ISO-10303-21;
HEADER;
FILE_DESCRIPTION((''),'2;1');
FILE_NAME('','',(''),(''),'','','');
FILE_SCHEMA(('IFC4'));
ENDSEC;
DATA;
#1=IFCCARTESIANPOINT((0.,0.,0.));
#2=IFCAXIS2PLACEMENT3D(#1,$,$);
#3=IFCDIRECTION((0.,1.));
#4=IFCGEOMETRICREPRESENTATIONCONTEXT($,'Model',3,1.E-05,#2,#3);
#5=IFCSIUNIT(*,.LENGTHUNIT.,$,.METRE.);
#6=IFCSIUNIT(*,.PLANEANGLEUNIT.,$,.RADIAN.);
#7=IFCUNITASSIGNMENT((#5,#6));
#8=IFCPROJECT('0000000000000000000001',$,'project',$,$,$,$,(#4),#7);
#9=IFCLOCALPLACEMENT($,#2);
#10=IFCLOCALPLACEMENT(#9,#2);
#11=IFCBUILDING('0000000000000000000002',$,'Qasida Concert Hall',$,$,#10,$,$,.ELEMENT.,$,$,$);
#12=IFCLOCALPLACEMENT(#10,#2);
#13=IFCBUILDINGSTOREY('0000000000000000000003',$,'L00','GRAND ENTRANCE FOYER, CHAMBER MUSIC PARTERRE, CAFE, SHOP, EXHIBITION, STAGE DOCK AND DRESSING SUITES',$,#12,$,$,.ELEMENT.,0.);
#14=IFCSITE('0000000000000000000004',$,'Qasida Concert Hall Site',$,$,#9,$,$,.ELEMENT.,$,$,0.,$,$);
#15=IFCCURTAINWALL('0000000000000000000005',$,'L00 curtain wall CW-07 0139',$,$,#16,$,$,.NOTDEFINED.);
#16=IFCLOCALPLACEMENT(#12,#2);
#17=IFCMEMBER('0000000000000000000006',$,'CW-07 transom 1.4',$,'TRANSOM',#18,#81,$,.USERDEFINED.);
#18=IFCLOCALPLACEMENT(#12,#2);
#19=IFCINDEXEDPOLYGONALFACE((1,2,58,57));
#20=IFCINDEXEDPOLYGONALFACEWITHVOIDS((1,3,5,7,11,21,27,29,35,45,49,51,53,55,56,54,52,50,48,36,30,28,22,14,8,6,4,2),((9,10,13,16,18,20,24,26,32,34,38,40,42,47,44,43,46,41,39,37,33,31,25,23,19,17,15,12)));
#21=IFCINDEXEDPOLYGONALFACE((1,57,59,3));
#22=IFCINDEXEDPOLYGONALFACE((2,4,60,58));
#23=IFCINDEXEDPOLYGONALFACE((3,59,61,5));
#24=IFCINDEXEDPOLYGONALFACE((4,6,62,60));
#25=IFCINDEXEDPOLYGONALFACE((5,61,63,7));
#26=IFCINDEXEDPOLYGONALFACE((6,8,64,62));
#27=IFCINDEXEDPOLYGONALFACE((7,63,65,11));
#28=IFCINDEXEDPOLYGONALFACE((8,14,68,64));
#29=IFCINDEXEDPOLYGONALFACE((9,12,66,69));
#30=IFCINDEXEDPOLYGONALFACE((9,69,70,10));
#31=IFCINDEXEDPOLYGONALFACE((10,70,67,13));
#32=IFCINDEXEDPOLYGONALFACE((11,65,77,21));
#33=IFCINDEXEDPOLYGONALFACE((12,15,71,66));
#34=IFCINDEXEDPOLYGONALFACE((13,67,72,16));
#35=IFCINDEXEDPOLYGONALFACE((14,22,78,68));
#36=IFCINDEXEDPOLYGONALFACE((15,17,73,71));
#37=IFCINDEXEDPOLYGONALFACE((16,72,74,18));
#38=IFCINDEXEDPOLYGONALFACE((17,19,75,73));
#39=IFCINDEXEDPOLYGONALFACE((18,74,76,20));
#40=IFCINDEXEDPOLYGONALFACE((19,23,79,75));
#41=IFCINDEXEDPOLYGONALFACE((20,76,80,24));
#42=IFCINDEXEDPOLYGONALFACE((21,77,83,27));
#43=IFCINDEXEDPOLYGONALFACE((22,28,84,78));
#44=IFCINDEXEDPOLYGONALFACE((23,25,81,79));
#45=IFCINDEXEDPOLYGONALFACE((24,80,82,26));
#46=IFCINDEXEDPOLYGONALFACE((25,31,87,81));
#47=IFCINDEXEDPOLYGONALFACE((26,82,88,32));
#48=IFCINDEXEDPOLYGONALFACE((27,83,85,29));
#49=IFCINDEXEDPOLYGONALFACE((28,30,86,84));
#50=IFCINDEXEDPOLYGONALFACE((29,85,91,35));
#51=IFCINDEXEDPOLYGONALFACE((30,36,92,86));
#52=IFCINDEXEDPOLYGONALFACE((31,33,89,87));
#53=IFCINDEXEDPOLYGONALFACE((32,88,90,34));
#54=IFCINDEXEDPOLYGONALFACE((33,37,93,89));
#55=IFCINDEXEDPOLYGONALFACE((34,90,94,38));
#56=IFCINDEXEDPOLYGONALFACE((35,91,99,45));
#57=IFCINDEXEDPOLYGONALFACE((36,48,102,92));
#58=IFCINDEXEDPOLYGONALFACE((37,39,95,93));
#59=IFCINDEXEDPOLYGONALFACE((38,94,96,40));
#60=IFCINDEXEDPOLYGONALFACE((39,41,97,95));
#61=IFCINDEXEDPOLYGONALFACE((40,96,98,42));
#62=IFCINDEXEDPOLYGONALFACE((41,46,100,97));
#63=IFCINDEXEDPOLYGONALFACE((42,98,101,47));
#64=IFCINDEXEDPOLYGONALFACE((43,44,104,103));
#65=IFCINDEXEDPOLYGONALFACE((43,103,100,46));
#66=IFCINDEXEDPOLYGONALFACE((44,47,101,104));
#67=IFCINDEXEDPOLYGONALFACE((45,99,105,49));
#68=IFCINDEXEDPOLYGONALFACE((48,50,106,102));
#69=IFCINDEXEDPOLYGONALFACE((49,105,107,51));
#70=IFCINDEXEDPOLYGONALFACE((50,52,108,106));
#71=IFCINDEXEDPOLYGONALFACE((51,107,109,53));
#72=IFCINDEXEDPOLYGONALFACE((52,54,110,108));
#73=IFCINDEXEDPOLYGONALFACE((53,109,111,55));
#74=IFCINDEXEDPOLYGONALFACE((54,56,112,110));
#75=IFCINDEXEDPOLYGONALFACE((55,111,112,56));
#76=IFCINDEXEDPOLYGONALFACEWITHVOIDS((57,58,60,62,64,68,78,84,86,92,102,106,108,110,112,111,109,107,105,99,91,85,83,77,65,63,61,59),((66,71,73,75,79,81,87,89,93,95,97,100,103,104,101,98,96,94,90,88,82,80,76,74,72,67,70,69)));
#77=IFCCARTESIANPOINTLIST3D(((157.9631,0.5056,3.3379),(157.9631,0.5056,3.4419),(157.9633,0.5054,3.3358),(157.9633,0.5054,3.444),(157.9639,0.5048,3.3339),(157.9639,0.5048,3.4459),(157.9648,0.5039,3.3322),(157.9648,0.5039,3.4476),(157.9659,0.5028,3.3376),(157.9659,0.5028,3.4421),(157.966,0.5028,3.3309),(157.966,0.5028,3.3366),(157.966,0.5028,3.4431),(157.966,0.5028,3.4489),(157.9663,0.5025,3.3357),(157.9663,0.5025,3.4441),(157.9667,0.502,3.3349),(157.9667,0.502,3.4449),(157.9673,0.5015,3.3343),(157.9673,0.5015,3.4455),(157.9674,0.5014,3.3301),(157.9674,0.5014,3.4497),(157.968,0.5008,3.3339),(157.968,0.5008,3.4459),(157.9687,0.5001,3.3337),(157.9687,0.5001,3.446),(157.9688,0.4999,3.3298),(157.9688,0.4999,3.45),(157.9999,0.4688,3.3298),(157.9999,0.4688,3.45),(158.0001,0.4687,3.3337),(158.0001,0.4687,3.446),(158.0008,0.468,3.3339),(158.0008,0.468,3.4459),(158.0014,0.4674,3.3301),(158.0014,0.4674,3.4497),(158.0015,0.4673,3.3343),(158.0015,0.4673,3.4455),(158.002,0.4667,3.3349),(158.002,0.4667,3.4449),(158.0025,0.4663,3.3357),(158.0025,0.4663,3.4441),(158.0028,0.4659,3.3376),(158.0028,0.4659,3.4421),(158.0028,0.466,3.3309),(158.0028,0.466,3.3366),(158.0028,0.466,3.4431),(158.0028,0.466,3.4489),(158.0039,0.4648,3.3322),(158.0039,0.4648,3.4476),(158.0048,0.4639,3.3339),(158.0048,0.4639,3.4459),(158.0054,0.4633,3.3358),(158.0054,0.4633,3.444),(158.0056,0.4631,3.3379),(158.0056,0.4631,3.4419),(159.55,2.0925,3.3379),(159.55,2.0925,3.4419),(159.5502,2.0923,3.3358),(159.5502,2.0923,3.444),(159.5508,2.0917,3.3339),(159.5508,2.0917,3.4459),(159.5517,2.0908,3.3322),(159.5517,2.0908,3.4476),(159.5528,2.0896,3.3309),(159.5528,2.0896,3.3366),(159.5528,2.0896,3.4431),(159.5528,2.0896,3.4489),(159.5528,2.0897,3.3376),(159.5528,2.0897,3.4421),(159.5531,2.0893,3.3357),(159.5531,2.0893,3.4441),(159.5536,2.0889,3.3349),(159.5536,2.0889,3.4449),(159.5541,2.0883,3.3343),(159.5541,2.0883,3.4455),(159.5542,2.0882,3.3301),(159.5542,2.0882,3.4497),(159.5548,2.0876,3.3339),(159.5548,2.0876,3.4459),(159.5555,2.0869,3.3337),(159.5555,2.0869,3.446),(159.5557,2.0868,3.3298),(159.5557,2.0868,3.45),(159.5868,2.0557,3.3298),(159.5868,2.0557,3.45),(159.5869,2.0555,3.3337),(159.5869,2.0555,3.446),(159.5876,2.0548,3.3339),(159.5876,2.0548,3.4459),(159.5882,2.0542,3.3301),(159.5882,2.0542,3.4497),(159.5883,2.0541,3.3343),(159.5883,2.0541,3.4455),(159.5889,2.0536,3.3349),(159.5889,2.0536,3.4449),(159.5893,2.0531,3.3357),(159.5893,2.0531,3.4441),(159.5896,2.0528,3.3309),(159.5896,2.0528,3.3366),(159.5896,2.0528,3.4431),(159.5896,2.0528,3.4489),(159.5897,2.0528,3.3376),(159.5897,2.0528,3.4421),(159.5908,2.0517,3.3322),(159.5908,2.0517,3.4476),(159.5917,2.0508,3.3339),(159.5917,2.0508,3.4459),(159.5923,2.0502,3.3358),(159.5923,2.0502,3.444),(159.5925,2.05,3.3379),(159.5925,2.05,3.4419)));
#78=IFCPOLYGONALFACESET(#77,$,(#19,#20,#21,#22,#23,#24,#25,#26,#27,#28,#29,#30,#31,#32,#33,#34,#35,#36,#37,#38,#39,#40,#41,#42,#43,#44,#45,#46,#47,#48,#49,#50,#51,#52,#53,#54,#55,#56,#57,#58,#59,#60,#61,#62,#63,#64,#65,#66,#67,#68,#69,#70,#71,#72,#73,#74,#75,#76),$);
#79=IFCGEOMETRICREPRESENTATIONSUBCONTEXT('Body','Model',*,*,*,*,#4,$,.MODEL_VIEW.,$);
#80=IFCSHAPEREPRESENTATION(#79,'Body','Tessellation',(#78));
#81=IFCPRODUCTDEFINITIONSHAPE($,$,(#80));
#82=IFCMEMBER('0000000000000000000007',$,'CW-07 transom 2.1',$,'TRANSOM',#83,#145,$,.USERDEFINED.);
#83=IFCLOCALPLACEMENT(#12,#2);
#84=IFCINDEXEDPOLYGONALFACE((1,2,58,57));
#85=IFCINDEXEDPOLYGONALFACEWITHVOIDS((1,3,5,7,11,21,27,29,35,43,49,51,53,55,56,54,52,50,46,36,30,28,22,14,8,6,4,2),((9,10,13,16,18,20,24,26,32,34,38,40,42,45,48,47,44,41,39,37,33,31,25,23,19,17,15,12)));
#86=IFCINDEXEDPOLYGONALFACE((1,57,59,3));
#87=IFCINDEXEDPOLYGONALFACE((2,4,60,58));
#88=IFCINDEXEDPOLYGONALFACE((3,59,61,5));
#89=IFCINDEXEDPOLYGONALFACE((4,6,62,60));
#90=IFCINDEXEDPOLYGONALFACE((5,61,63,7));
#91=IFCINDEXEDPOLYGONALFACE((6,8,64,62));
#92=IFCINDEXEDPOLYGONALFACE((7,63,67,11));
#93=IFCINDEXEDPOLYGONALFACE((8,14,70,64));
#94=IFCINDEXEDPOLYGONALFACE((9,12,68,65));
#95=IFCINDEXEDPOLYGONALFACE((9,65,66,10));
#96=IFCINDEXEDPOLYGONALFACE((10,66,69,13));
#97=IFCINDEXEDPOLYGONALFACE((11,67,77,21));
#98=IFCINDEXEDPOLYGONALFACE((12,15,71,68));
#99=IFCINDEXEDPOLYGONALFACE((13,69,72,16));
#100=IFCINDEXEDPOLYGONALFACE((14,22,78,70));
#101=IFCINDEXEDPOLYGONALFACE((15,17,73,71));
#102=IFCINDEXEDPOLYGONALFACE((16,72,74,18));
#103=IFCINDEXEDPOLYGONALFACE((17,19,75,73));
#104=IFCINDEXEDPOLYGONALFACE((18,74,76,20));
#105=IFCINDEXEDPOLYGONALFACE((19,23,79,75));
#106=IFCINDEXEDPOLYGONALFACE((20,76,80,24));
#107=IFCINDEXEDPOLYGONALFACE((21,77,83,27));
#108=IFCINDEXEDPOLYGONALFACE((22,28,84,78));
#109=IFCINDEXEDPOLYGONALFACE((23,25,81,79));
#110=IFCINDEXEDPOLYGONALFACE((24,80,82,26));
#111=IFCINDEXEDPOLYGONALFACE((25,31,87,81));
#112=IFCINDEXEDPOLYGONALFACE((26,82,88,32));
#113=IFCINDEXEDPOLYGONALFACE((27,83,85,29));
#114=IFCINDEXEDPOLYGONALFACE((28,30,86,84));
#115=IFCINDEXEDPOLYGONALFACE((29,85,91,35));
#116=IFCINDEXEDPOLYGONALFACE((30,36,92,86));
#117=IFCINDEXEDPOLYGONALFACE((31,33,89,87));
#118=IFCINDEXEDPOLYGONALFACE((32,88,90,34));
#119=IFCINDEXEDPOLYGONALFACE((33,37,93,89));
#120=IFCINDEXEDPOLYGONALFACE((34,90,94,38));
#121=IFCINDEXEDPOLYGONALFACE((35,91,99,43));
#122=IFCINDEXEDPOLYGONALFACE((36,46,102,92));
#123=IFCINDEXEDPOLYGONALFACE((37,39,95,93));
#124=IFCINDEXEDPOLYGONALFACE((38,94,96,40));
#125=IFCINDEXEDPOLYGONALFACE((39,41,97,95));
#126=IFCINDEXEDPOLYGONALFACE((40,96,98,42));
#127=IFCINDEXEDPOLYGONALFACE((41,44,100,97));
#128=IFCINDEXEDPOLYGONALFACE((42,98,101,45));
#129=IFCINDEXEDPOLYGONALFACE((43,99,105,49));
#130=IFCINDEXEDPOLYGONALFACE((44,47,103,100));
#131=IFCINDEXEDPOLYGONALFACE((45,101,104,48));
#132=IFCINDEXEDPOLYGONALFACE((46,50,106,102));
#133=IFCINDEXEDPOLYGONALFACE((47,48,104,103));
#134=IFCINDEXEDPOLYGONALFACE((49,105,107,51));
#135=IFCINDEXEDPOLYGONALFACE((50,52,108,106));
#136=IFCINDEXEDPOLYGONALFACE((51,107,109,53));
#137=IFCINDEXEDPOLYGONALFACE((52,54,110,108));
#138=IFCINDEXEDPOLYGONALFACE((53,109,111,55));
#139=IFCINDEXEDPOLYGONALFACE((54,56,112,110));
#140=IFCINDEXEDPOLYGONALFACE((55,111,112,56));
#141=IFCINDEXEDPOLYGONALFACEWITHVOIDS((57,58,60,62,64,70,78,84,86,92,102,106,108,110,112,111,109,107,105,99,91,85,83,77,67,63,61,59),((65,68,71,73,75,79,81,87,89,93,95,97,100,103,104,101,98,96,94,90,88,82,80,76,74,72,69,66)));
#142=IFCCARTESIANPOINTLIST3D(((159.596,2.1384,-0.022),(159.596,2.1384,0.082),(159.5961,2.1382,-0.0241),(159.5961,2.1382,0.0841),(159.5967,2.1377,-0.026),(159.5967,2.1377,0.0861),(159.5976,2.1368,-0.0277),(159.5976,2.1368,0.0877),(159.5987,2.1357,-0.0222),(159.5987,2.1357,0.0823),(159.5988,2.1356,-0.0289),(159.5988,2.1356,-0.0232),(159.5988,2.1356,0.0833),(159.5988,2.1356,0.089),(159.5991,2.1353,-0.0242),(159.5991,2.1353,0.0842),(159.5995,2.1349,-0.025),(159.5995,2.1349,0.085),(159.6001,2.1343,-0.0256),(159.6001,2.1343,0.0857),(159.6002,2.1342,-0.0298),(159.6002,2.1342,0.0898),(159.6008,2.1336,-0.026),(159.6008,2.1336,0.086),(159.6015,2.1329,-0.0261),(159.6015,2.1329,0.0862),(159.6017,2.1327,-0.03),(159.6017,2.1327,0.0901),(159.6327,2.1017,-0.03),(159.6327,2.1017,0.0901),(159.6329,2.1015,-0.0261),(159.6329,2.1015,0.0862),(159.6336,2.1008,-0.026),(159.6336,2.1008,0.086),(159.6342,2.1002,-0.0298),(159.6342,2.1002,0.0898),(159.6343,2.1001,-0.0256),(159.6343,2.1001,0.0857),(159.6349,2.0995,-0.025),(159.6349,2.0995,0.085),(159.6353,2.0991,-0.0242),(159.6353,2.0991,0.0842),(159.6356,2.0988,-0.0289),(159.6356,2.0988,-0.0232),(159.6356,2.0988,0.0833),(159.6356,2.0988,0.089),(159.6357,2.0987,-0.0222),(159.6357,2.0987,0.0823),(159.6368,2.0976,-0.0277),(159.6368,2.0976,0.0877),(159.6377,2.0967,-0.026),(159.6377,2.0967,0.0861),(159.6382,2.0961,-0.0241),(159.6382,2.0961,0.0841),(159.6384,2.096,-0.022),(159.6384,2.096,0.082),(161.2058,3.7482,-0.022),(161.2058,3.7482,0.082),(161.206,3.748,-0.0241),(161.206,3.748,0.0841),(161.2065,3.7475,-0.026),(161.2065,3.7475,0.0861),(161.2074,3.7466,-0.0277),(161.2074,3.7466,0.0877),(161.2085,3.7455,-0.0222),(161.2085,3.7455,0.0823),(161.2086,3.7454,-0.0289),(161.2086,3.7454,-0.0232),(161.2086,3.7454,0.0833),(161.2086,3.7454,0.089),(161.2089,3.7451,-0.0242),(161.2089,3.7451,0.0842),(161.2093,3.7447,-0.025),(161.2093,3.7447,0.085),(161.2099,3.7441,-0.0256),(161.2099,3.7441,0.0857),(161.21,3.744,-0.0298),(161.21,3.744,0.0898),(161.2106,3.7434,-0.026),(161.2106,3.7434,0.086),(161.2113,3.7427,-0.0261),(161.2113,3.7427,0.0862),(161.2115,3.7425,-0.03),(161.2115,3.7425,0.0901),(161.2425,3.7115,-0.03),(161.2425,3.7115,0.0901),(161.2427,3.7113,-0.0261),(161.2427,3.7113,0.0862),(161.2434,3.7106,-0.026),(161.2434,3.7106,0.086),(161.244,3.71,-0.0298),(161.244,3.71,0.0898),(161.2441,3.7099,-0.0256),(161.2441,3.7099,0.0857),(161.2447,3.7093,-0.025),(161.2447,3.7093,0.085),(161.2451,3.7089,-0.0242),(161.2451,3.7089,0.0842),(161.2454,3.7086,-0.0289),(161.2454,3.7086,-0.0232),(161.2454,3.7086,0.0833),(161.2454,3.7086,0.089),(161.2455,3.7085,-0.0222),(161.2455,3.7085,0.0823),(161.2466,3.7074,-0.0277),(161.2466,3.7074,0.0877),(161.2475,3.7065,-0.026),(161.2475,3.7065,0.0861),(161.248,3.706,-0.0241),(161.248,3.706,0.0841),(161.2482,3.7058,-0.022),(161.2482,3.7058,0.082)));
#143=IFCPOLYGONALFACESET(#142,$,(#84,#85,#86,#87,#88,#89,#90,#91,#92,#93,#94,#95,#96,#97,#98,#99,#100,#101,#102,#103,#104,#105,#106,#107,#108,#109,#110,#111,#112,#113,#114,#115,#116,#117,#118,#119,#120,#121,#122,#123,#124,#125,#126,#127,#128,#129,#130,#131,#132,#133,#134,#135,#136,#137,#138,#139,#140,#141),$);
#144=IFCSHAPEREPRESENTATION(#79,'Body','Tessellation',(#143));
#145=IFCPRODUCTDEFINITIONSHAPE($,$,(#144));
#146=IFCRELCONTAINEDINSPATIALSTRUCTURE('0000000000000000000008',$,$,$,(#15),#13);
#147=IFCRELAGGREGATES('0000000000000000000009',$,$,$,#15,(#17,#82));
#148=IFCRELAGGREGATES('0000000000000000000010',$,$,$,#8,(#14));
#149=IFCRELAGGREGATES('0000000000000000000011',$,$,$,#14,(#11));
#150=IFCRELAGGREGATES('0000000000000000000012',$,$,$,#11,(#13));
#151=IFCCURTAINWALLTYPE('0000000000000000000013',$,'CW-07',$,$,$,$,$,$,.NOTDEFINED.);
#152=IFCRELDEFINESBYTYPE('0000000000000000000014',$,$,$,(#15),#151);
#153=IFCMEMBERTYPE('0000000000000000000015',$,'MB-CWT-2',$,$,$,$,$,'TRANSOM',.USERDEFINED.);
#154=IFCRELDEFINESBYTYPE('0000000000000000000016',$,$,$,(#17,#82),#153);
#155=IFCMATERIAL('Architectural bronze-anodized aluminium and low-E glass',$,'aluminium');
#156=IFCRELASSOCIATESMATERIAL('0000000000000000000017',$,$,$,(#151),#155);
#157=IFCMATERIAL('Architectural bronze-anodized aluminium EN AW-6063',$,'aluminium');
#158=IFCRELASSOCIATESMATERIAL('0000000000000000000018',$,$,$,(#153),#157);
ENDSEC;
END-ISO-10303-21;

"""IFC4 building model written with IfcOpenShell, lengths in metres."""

from ifc_helpers import new_model, si_unit, direction, frame, origin, origin_2d, place, context, subcontext, project, spatial, hollow_rectangle, extrude, material, material_profile, profile_set, type_object, element, aggregate, save


model = new_model("IFC4")

# Units and contexts
model_context = context("Model", 3, precision=1e-05, world=origin(), true_north=direction((0.0, 1.0)))
body_context = subcontext(model_context, "Body", "Model", "MODEL_VIEW")
ifc_project = project(units=[si_unit("LENGTHUNIT", "METRE"), si_unit("PLANEANGLEUNIT", "RADIAN")], contexts=[model_context])

# Site, building, storey
site_placement = place(None, origin())
site = spatial("IfcSite", under=ifc_project, at=site_placement, Name="Qasida Concert Hall Site", CompositionType="ELEMENT", RefElevation=0.0)
building_placement = place(site_placement, origin())
building = spatial("IfcBuilding", under=site, at=building_placement, Name="Qasida Concert Hall", CompositionType="ELEMENT")
storey_placement = place(building_placement, origin())
storey = spatial("IfcBuildingStorey", under=building, at=storey_placement, Name="L00", Description="GRAND ENTRANCE FOYER, CHAMBER MUSIC PARTERRE, CAFE, SHOP, EXHIBITION, STAGE DOCK AND DRESSING SUITES", CompositionType="ELEMENT", Elevation=0.0)

# Curtain wall, members
ifc_material_1 = material(Name="Architectural bronze-anodized aluminium and low-E glass", Category="aluminium")
curtain_wall_type = type_object("IfcCurtainWallType", Name="CW-07", PredefinedType="NOTDEFINED", material=ifc_material_1)
curtain_wall_placement = place(storey_placement, origin())
curtain_wall = element("IfcCurtainWall", 1, at=curtain_wall_placement, inside=storey, type_object=curtain_wall_type, Name="L00 curtain wall CW-07 0139", PredefinedType="NOTDEFINED")
ifc_material_2 = material(Name="Architectural bronze-anodized aluminium EN AW-6063", Category="aluminium")
ifc_material_profile_1 = material_profile(ifc_material_2, hollow_rectangle(XDim=0.0601, YDim=0.1201, WallThickness=0.0039, InnerFilletRadius=0.0039, OuterFilletRadius=0.0081, at=origin_2d()), Name="CWT 120x60x4")
ifc_profile_set_1 = profile_set([ifc_material_profile_1], Name="Architectural bronze-anodized aluminium EN AW-6063")
member_type_1 = type_object("IfcMemberType", Name="MB-CWT-2", ElementType="TRANSOM", PredefinedType="USERDEFINED", material=ifc_profile_set_1)
member_1_placement = place(storey_placement, frame((157.9844, 0.4844, 3.3899), z_axis=(0.707107, 0.707107, 0.0), x_axis=(-0.707107, 0.707107, 0.0)))
member_1 = element("IfcMember", 2, at=member_1_placement, type_object=member_type_1, Name="CW-07 transom 1.4", ObjectType="TRANSOM", PredefinedType="USERDEFINED", context=body_context, shape_type="SweptSolid", body=[
    extrude(hollow_rectangle(XDim=0.0601, YDim=0.1201, WallThickness=0.0039, InnerFilletRadius=0.0039, OuterFilletRadius=0.0081, at=origin_2d()), origin(), (0.0, 0.0, 1.0), 2.2441),
])
member_2_placement = place(storey_placement, frame((159.6172, 2.1172, 0.03), z_axis=(0.707107, 0.707107, 0.0), x_axis=(-0.707107, 0.707107, 0.0)))
member_2 = element("IfcMember", 3, at=member_2_placement, type_object=member_type_1, Name="CW-07 transom 2.1", ObjectType="TRANSOM", PredefinedType="USERDEFINED", context=body_context, shape_type="SweptSolid", body=[
    extrude(hollow_rectangle(XDim=0.0601, YDim=0.1201, WallThickness=0.0039, InnerFilletRadius=0.0039, OuterFilletRadius=0.0081, at=origin_2d()), origin(), (0.0, 0.0, 1.0), 2.2766),
])
aggregate(curtain_wall, [member_1, member_2])

save(model, "model.ifc")
